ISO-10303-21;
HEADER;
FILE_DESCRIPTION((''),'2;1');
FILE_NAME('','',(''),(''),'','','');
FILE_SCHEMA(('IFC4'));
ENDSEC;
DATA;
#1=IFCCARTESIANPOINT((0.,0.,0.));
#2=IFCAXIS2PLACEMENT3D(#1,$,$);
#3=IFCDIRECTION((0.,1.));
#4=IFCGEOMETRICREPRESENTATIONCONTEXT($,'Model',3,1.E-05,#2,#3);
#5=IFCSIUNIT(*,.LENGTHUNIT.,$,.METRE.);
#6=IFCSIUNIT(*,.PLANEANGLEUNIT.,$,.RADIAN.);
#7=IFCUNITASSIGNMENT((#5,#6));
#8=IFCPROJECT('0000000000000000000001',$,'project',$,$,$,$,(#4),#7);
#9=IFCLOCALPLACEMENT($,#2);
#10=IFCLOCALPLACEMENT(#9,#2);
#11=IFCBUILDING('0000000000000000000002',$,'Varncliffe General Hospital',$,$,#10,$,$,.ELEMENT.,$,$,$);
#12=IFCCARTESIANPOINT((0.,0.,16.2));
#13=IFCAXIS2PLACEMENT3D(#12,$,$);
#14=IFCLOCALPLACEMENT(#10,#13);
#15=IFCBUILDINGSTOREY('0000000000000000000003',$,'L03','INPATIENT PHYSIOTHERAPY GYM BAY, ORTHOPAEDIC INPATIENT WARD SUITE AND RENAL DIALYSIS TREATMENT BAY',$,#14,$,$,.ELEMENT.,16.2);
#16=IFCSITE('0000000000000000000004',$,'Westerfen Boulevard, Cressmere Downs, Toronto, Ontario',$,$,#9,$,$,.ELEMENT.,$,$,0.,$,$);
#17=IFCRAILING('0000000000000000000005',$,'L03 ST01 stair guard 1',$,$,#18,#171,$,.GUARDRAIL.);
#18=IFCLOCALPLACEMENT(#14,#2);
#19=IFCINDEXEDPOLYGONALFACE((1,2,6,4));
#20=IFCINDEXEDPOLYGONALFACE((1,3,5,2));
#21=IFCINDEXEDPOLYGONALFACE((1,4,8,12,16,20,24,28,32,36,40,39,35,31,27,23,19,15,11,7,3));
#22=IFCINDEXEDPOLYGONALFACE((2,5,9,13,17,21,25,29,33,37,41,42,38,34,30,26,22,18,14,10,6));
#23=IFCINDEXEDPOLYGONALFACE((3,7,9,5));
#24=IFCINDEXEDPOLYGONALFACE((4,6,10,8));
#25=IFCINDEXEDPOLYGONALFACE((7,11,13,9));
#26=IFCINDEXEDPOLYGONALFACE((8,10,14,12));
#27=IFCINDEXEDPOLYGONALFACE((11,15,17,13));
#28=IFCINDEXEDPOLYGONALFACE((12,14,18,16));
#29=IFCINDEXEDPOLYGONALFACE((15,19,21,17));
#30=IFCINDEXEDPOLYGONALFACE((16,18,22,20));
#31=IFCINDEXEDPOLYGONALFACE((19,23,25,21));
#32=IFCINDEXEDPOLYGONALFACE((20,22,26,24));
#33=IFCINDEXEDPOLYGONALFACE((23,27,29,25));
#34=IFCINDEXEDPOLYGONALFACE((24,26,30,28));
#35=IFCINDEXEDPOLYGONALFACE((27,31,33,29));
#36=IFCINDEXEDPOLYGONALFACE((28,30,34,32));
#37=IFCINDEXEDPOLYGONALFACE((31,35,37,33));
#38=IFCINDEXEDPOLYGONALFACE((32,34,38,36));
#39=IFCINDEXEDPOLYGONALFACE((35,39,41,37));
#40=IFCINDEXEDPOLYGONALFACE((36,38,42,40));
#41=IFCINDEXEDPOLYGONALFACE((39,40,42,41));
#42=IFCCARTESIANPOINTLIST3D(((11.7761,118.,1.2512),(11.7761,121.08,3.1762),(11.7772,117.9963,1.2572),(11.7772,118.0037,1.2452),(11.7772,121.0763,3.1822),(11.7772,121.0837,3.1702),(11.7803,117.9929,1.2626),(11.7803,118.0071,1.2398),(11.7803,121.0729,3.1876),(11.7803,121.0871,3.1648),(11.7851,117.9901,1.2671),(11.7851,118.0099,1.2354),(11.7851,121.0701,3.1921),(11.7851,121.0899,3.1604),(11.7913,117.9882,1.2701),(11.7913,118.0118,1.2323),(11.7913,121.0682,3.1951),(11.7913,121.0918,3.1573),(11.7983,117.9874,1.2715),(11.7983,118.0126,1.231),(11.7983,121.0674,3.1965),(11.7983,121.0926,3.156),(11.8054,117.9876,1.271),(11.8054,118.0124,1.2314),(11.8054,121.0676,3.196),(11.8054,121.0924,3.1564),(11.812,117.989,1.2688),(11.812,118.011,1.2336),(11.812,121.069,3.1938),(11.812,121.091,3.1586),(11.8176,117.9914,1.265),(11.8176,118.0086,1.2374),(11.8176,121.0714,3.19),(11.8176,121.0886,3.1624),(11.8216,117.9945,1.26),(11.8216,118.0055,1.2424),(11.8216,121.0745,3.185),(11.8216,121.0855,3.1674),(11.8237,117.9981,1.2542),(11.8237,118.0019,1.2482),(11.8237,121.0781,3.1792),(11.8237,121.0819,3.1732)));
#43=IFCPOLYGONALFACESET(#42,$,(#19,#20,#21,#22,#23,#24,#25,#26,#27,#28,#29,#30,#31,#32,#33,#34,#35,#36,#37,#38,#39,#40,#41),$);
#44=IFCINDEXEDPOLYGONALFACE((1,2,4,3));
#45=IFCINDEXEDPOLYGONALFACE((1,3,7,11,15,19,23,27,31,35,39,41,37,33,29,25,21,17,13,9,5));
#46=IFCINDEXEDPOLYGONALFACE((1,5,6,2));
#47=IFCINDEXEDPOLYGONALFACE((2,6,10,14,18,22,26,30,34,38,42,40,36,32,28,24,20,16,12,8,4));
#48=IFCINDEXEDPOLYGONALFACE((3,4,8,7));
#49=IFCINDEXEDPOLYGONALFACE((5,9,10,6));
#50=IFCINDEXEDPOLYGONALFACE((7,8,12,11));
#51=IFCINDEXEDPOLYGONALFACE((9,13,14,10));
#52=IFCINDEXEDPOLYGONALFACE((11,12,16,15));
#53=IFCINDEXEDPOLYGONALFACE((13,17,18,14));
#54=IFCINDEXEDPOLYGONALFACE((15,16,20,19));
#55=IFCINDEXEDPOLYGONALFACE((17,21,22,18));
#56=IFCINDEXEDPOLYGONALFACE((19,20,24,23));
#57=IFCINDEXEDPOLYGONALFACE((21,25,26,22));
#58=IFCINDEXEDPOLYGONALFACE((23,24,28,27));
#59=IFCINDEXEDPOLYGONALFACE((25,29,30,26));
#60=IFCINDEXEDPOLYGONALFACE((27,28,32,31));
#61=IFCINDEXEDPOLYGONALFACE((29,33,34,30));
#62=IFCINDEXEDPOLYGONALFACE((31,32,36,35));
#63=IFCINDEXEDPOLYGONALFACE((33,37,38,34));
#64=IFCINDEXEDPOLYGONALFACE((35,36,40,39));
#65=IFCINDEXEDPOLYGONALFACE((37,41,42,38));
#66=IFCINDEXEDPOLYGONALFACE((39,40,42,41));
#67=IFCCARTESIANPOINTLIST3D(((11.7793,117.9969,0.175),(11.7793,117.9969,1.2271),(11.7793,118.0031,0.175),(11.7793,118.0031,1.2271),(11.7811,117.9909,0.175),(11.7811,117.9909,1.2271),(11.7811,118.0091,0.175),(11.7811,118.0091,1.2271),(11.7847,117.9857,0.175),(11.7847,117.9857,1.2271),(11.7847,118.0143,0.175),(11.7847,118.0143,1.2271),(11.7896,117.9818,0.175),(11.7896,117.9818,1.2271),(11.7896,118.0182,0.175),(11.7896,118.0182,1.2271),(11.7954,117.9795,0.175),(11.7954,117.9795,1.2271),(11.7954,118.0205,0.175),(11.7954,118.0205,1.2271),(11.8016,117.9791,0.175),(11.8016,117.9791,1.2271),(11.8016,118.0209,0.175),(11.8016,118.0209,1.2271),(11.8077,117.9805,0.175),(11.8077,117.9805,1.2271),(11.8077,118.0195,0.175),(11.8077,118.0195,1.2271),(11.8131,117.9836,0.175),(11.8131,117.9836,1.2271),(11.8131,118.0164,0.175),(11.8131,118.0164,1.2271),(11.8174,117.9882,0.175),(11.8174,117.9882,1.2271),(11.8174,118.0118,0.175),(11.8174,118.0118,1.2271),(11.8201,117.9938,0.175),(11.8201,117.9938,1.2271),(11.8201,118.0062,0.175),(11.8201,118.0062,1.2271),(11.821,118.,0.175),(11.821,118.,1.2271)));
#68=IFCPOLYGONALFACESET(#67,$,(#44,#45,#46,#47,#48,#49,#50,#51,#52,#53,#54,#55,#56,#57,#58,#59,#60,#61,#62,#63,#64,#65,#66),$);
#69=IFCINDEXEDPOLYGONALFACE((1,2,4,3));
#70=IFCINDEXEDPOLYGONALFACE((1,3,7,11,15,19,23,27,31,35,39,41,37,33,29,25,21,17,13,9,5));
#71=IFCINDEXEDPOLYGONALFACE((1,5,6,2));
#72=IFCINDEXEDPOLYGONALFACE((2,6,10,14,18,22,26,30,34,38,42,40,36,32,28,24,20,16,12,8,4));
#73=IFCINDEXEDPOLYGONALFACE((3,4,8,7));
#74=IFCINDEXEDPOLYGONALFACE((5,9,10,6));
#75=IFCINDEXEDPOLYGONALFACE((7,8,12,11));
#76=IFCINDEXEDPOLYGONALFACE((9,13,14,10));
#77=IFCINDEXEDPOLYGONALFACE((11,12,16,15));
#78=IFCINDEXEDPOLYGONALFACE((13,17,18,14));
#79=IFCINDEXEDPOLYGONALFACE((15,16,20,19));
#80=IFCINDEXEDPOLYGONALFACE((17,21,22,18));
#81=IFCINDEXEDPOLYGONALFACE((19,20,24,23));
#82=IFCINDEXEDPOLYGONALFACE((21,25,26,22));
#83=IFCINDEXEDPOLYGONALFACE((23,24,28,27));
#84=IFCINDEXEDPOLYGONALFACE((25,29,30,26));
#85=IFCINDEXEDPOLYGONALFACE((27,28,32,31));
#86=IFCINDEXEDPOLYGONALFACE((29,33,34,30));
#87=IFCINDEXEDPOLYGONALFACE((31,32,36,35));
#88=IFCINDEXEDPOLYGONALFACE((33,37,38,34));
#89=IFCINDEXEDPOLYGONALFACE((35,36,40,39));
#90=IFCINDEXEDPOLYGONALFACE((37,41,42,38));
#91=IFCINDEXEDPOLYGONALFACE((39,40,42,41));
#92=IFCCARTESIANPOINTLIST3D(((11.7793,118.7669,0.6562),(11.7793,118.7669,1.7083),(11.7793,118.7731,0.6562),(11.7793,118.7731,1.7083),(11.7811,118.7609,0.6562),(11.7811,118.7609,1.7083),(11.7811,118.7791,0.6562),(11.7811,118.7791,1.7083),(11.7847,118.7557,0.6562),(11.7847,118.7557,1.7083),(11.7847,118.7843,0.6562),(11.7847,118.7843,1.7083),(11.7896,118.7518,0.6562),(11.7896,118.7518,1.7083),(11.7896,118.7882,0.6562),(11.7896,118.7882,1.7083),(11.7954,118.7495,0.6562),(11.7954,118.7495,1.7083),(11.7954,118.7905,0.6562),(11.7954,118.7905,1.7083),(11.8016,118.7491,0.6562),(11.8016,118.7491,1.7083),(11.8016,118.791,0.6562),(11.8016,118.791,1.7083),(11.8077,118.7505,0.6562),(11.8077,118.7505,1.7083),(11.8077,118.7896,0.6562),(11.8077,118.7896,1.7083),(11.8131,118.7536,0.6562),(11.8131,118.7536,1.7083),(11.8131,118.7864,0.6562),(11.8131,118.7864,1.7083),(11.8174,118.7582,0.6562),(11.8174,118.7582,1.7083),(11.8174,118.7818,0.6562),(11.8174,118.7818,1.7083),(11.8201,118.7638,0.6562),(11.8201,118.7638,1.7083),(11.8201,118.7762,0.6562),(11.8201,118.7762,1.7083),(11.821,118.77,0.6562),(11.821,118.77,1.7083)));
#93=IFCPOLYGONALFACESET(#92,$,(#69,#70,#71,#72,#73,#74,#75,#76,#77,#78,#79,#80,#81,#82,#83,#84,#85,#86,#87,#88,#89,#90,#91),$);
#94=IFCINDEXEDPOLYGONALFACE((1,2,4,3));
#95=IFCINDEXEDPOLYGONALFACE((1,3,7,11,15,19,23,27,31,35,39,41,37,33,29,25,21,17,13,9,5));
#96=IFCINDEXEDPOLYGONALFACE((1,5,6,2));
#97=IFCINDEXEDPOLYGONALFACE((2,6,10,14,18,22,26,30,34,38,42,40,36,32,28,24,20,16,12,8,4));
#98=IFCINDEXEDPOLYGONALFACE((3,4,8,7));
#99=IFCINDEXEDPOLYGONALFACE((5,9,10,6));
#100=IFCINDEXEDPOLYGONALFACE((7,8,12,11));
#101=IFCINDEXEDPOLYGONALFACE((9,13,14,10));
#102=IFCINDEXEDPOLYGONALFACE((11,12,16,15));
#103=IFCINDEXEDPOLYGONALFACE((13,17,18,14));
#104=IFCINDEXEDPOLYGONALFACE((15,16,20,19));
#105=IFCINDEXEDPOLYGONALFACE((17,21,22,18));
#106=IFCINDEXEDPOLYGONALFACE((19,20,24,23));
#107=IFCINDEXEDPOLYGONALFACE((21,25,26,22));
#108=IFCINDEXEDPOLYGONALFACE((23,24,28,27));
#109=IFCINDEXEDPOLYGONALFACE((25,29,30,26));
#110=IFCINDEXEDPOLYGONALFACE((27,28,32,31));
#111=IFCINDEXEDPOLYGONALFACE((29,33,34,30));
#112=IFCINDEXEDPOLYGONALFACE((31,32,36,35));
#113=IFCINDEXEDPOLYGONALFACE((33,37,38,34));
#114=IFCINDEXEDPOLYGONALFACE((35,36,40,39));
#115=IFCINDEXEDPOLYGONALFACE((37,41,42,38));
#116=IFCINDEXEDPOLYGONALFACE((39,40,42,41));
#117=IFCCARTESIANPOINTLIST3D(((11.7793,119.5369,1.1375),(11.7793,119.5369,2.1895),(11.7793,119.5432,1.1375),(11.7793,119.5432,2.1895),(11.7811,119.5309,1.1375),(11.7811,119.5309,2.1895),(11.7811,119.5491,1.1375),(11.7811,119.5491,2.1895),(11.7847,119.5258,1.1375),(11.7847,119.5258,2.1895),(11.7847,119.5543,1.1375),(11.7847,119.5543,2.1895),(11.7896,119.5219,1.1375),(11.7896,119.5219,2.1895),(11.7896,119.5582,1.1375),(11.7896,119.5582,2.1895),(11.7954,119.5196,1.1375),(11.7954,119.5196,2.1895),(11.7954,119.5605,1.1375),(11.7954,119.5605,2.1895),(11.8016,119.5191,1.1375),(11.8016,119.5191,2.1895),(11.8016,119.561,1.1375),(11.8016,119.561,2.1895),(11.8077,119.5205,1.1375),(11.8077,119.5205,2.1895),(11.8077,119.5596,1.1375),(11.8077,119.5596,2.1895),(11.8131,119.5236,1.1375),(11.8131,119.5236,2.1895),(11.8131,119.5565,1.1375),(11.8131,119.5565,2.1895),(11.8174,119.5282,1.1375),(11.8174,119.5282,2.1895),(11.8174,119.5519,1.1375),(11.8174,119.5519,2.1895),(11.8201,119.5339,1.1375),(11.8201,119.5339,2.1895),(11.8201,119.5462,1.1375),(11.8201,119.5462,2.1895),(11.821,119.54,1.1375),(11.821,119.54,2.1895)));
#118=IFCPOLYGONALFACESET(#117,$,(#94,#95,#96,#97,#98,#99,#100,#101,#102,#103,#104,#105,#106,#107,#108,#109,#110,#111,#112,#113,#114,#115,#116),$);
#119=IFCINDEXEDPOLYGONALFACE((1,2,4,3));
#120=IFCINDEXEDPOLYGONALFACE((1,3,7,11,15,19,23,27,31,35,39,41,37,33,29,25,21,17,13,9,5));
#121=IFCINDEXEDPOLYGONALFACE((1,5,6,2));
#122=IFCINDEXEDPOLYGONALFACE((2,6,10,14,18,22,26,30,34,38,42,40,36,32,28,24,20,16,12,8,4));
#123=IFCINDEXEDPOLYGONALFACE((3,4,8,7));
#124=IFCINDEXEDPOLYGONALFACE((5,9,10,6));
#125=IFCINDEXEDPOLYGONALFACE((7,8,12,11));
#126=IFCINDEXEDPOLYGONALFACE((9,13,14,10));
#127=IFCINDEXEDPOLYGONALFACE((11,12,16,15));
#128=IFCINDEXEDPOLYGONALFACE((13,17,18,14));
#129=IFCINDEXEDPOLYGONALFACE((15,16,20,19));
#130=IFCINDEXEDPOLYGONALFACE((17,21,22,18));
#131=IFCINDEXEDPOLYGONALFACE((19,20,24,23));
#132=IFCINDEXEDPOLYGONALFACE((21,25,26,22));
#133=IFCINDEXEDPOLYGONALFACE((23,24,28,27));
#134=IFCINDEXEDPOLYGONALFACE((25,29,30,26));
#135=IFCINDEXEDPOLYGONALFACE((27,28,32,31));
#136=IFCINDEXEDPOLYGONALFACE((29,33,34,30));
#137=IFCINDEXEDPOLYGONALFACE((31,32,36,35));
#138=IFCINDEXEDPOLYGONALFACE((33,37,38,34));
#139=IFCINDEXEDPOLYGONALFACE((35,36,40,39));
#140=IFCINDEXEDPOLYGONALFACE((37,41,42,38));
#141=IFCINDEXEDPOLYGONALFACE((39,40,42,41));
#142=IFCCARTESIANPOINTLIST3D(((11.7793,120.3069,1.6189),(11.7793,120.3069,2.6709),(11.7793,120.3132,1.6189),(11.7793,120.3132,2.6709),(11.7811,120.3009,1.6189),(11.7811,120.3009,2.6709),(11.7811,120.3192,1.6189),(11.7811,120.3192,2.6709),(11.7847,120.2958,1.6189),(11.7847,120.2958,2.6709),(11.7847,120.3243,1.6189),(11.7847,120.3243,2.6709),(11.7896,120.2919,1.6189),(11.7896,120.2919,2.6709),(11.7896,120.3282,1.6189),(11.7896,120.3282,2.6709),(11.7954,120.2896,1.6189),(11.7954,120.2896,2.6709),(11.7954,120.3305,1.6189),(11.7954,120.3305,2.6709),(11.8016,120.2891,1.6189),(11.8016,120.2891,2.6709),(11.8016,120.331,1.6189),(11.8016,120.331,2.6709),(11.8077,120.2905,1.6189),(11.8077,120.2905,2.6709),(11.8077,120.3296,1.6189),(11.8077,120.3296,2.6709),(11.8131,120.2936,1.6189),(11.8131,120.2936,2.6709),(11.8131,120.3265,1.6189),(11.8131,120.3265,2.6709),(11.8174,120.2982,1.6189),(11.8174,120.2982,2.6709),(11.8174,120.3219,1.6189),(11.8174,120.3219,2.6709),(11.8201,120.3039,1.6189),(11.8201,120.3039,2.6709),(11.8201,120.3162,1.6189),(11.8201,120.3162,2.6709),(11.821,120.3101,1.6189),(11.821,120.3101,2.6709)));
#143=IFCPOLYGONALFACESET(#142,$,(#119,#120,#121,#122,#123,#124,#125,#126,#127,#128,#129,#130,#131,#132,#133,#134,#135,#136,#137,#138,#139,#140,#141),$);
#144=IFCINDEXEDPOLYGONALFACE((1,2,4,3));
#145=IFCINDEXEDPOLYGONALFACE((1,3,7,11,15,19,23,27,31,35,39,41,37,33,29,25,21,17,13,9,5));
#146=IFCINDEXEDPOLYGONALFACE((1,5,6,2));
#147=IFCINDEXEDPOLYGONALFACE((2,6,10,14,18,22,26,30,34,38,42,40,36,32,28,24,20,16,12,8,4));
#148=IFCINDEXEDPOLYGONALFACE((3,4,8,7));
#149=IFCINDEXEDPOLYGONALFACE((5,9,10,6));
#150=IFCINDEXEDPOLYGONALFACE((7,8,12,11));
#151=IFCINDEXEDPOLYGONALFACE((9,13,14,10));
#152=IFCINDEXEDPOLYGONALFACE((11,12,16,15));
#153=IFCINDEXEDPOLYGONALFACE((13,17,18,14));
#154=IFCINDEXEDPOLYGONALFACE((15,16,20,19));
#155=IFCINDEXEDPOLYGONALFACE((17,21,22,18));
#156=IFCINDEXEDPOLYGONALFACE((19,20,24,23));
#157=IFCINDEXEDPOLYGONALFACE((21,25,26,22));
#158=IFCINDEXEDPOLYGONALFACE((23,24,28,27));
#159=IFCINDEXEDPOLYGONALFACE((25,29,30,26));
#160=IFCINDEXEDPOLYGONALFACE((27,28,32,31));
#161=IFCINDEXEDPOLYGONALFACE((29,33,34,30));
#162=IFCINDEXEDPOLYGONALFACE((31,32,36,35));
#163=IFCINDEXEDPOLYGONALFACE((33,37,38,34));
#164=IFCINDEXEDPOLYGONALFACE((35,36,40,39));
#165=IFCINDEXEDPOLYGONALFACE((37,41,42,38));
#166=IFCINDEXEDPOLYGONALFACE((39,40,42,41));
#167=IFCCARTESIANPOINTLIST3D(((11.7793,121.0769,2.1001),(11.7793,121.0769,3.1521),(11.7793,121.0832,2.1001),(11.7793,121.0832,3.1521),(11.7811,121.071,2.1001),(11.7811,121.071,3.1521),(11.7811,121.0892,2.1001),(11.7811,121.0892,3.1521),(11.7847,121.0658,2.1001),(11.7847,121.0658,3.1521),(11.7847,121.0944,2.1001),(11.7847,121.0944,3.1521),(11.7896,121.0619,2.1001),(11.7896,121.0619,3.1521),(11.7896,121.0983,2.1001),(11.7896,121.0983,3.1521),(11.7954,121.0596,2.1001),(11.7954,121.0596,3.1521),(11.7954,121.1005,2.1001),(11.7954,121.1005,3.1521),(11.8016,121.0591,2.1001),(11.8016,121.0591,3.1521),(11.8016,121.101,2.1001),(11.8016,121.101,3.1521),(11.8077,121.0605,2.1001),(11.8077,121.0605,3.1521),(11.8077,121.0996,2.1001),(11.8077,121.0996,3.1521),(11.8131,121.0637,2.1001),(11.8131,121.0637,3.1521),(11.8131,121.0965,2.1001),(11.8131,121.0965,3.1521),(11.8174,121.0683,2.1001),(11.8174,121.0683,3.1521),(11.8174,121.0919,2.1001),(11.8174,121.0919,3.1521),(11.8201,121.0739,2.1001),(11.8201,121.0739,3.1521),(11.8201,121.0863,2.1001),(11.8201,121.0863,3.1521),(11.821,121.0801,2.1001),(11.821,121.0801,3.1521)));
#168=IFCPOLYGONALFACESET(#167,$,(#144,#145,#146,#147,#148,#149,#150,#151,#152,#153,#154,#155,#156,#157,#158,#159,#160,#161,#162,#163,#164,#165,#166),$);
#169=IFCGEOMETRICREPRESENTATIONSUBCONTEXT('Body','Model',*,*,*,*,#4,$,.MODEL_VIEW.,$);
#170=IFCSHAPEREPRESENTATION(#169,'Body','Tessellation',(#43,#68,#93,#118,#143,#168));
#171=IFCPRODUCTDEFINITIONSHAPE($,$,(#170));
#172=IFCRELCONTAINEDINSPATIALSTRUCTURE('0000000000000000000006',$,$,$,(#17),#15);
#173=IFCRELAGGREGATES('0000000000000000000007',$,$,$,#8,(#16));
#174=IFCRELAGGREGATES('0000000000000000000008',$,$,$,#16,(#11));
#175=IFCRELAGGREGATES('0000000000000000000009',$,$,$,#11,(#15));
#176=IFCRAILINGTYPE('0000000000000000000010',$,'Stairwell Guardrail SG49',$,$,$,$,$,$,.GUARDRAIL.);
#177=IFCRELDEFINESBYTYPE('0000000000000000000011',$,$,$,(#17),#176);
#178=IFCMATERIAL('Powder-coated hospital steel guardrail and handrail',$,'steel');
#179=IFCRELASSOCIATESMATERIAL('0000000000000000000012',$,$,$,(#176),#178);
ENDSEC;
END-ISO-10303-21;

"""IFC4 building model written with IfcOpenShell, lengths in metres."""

from ifc_helpers import new_model, si_unit, direction, frame, origin, origin_2d, place, context, subcontext, project, spatial, circle, extrude, material, type_object, element, save


model = new_model("IFC4")

# Units and contexts
model_context = context("Model", 3, precision=1e-05, world=origin(), true_north=direction((0.0, 1.0)))
body_context = subcontext(model_context, "Body", "Model", "MODEL_VIEW")
ifc_project = project(units=[si_unit("LENGTHUNIT", "METRE"), si_unit("PLANEANGLEUNIT", "RADIAN")], contexts=[model_context])

# Site, building, storey
site_placement = place(None, origin())
site = spatial("IfcSite", under=ifc_project, at=site_placement, Name="Westerfen Boulevard, Cressmere Downs, Toronto, Ontario", CompositionType="ELEMENT", RefElevation=0.0)
building_placement = place(site_placement, origin())
building = spatial("IfcBuilding", under=site, at=building_placement, Name="Varncliffe General Hospital", CompositionType="ELEMENT")
storey_placement = place(building_placement, frame((0.0, 0.0, 16.2)))
storey = spatial("IfcBuildingStorey", under=building, at=storey_placement, Name="L03", Description="INPATIENT PHYSIOTHERAPY GYM BAY, ORTHOPAEDIC INPATIENT WARD SUITE AND RENAL DIALYSIS TREATMENT BAY", CompositionType="ELEMENT", Elevation=16.2)

# Railing
ifc_material_1 = material(Name="Powder-coated hospital steel guardrail and handrail", Category="steel")
railing_type_1 = type_object("IfcRailingType", Name="Stairwell Guardrail SG49", PredefinedType="GUARDRAIL", material=ifc_material_1)
railing_1_placement = place(storey_placement, frame((11.8, 118.0, 0.175)))
element("IfcRailing", 1, at=railing_1_placement, inside=storey, type_object=railing_type_1, Name="L03 ST01 stair guard 1", PredefinedType="GUARDRAIL", context=body_context, shape_type="SweptSolid", body=[
    extrude(circle(Radius=0.0239, at=origin_2d()), frame((0.0, 0.0, 1.0762), z_axis=(0.0, 0.847998, 0.529999), x_axis=(-1.0, 0.0, 0.0)), (0.0, 0.0, 1.0), 3.6321),
    extrude(circle(Radius=0.021, at=origin_2d()), origin(), (0.0, 0.0, 1.0), 1.052),
    extrude(circle(Radius=0.021, at=origin_2d()), frame((0.0, 0.77, 0.4812)), (0.0, 0.0, 1.0), 1.052),
    extrude(circle(Radius=0.021, at=origin_2d()), frame((0.0, 1.54, 0.9624)), (0.0, 0.0, 1.0), 1.052),
    extrude(circle(Radius=0.021, at=origin_2d()), frame((0.0, 2.3101, 1.4438)), (0.0, 0.0, 1.0), 1.052),
    extrude(circle(Radius=0.021, at=origin_2d()), frame((0.0, 3.0801, 1.925)), (0.0, 0.0, 1.0), 1.052),
])

save(model, "model.ifc")
